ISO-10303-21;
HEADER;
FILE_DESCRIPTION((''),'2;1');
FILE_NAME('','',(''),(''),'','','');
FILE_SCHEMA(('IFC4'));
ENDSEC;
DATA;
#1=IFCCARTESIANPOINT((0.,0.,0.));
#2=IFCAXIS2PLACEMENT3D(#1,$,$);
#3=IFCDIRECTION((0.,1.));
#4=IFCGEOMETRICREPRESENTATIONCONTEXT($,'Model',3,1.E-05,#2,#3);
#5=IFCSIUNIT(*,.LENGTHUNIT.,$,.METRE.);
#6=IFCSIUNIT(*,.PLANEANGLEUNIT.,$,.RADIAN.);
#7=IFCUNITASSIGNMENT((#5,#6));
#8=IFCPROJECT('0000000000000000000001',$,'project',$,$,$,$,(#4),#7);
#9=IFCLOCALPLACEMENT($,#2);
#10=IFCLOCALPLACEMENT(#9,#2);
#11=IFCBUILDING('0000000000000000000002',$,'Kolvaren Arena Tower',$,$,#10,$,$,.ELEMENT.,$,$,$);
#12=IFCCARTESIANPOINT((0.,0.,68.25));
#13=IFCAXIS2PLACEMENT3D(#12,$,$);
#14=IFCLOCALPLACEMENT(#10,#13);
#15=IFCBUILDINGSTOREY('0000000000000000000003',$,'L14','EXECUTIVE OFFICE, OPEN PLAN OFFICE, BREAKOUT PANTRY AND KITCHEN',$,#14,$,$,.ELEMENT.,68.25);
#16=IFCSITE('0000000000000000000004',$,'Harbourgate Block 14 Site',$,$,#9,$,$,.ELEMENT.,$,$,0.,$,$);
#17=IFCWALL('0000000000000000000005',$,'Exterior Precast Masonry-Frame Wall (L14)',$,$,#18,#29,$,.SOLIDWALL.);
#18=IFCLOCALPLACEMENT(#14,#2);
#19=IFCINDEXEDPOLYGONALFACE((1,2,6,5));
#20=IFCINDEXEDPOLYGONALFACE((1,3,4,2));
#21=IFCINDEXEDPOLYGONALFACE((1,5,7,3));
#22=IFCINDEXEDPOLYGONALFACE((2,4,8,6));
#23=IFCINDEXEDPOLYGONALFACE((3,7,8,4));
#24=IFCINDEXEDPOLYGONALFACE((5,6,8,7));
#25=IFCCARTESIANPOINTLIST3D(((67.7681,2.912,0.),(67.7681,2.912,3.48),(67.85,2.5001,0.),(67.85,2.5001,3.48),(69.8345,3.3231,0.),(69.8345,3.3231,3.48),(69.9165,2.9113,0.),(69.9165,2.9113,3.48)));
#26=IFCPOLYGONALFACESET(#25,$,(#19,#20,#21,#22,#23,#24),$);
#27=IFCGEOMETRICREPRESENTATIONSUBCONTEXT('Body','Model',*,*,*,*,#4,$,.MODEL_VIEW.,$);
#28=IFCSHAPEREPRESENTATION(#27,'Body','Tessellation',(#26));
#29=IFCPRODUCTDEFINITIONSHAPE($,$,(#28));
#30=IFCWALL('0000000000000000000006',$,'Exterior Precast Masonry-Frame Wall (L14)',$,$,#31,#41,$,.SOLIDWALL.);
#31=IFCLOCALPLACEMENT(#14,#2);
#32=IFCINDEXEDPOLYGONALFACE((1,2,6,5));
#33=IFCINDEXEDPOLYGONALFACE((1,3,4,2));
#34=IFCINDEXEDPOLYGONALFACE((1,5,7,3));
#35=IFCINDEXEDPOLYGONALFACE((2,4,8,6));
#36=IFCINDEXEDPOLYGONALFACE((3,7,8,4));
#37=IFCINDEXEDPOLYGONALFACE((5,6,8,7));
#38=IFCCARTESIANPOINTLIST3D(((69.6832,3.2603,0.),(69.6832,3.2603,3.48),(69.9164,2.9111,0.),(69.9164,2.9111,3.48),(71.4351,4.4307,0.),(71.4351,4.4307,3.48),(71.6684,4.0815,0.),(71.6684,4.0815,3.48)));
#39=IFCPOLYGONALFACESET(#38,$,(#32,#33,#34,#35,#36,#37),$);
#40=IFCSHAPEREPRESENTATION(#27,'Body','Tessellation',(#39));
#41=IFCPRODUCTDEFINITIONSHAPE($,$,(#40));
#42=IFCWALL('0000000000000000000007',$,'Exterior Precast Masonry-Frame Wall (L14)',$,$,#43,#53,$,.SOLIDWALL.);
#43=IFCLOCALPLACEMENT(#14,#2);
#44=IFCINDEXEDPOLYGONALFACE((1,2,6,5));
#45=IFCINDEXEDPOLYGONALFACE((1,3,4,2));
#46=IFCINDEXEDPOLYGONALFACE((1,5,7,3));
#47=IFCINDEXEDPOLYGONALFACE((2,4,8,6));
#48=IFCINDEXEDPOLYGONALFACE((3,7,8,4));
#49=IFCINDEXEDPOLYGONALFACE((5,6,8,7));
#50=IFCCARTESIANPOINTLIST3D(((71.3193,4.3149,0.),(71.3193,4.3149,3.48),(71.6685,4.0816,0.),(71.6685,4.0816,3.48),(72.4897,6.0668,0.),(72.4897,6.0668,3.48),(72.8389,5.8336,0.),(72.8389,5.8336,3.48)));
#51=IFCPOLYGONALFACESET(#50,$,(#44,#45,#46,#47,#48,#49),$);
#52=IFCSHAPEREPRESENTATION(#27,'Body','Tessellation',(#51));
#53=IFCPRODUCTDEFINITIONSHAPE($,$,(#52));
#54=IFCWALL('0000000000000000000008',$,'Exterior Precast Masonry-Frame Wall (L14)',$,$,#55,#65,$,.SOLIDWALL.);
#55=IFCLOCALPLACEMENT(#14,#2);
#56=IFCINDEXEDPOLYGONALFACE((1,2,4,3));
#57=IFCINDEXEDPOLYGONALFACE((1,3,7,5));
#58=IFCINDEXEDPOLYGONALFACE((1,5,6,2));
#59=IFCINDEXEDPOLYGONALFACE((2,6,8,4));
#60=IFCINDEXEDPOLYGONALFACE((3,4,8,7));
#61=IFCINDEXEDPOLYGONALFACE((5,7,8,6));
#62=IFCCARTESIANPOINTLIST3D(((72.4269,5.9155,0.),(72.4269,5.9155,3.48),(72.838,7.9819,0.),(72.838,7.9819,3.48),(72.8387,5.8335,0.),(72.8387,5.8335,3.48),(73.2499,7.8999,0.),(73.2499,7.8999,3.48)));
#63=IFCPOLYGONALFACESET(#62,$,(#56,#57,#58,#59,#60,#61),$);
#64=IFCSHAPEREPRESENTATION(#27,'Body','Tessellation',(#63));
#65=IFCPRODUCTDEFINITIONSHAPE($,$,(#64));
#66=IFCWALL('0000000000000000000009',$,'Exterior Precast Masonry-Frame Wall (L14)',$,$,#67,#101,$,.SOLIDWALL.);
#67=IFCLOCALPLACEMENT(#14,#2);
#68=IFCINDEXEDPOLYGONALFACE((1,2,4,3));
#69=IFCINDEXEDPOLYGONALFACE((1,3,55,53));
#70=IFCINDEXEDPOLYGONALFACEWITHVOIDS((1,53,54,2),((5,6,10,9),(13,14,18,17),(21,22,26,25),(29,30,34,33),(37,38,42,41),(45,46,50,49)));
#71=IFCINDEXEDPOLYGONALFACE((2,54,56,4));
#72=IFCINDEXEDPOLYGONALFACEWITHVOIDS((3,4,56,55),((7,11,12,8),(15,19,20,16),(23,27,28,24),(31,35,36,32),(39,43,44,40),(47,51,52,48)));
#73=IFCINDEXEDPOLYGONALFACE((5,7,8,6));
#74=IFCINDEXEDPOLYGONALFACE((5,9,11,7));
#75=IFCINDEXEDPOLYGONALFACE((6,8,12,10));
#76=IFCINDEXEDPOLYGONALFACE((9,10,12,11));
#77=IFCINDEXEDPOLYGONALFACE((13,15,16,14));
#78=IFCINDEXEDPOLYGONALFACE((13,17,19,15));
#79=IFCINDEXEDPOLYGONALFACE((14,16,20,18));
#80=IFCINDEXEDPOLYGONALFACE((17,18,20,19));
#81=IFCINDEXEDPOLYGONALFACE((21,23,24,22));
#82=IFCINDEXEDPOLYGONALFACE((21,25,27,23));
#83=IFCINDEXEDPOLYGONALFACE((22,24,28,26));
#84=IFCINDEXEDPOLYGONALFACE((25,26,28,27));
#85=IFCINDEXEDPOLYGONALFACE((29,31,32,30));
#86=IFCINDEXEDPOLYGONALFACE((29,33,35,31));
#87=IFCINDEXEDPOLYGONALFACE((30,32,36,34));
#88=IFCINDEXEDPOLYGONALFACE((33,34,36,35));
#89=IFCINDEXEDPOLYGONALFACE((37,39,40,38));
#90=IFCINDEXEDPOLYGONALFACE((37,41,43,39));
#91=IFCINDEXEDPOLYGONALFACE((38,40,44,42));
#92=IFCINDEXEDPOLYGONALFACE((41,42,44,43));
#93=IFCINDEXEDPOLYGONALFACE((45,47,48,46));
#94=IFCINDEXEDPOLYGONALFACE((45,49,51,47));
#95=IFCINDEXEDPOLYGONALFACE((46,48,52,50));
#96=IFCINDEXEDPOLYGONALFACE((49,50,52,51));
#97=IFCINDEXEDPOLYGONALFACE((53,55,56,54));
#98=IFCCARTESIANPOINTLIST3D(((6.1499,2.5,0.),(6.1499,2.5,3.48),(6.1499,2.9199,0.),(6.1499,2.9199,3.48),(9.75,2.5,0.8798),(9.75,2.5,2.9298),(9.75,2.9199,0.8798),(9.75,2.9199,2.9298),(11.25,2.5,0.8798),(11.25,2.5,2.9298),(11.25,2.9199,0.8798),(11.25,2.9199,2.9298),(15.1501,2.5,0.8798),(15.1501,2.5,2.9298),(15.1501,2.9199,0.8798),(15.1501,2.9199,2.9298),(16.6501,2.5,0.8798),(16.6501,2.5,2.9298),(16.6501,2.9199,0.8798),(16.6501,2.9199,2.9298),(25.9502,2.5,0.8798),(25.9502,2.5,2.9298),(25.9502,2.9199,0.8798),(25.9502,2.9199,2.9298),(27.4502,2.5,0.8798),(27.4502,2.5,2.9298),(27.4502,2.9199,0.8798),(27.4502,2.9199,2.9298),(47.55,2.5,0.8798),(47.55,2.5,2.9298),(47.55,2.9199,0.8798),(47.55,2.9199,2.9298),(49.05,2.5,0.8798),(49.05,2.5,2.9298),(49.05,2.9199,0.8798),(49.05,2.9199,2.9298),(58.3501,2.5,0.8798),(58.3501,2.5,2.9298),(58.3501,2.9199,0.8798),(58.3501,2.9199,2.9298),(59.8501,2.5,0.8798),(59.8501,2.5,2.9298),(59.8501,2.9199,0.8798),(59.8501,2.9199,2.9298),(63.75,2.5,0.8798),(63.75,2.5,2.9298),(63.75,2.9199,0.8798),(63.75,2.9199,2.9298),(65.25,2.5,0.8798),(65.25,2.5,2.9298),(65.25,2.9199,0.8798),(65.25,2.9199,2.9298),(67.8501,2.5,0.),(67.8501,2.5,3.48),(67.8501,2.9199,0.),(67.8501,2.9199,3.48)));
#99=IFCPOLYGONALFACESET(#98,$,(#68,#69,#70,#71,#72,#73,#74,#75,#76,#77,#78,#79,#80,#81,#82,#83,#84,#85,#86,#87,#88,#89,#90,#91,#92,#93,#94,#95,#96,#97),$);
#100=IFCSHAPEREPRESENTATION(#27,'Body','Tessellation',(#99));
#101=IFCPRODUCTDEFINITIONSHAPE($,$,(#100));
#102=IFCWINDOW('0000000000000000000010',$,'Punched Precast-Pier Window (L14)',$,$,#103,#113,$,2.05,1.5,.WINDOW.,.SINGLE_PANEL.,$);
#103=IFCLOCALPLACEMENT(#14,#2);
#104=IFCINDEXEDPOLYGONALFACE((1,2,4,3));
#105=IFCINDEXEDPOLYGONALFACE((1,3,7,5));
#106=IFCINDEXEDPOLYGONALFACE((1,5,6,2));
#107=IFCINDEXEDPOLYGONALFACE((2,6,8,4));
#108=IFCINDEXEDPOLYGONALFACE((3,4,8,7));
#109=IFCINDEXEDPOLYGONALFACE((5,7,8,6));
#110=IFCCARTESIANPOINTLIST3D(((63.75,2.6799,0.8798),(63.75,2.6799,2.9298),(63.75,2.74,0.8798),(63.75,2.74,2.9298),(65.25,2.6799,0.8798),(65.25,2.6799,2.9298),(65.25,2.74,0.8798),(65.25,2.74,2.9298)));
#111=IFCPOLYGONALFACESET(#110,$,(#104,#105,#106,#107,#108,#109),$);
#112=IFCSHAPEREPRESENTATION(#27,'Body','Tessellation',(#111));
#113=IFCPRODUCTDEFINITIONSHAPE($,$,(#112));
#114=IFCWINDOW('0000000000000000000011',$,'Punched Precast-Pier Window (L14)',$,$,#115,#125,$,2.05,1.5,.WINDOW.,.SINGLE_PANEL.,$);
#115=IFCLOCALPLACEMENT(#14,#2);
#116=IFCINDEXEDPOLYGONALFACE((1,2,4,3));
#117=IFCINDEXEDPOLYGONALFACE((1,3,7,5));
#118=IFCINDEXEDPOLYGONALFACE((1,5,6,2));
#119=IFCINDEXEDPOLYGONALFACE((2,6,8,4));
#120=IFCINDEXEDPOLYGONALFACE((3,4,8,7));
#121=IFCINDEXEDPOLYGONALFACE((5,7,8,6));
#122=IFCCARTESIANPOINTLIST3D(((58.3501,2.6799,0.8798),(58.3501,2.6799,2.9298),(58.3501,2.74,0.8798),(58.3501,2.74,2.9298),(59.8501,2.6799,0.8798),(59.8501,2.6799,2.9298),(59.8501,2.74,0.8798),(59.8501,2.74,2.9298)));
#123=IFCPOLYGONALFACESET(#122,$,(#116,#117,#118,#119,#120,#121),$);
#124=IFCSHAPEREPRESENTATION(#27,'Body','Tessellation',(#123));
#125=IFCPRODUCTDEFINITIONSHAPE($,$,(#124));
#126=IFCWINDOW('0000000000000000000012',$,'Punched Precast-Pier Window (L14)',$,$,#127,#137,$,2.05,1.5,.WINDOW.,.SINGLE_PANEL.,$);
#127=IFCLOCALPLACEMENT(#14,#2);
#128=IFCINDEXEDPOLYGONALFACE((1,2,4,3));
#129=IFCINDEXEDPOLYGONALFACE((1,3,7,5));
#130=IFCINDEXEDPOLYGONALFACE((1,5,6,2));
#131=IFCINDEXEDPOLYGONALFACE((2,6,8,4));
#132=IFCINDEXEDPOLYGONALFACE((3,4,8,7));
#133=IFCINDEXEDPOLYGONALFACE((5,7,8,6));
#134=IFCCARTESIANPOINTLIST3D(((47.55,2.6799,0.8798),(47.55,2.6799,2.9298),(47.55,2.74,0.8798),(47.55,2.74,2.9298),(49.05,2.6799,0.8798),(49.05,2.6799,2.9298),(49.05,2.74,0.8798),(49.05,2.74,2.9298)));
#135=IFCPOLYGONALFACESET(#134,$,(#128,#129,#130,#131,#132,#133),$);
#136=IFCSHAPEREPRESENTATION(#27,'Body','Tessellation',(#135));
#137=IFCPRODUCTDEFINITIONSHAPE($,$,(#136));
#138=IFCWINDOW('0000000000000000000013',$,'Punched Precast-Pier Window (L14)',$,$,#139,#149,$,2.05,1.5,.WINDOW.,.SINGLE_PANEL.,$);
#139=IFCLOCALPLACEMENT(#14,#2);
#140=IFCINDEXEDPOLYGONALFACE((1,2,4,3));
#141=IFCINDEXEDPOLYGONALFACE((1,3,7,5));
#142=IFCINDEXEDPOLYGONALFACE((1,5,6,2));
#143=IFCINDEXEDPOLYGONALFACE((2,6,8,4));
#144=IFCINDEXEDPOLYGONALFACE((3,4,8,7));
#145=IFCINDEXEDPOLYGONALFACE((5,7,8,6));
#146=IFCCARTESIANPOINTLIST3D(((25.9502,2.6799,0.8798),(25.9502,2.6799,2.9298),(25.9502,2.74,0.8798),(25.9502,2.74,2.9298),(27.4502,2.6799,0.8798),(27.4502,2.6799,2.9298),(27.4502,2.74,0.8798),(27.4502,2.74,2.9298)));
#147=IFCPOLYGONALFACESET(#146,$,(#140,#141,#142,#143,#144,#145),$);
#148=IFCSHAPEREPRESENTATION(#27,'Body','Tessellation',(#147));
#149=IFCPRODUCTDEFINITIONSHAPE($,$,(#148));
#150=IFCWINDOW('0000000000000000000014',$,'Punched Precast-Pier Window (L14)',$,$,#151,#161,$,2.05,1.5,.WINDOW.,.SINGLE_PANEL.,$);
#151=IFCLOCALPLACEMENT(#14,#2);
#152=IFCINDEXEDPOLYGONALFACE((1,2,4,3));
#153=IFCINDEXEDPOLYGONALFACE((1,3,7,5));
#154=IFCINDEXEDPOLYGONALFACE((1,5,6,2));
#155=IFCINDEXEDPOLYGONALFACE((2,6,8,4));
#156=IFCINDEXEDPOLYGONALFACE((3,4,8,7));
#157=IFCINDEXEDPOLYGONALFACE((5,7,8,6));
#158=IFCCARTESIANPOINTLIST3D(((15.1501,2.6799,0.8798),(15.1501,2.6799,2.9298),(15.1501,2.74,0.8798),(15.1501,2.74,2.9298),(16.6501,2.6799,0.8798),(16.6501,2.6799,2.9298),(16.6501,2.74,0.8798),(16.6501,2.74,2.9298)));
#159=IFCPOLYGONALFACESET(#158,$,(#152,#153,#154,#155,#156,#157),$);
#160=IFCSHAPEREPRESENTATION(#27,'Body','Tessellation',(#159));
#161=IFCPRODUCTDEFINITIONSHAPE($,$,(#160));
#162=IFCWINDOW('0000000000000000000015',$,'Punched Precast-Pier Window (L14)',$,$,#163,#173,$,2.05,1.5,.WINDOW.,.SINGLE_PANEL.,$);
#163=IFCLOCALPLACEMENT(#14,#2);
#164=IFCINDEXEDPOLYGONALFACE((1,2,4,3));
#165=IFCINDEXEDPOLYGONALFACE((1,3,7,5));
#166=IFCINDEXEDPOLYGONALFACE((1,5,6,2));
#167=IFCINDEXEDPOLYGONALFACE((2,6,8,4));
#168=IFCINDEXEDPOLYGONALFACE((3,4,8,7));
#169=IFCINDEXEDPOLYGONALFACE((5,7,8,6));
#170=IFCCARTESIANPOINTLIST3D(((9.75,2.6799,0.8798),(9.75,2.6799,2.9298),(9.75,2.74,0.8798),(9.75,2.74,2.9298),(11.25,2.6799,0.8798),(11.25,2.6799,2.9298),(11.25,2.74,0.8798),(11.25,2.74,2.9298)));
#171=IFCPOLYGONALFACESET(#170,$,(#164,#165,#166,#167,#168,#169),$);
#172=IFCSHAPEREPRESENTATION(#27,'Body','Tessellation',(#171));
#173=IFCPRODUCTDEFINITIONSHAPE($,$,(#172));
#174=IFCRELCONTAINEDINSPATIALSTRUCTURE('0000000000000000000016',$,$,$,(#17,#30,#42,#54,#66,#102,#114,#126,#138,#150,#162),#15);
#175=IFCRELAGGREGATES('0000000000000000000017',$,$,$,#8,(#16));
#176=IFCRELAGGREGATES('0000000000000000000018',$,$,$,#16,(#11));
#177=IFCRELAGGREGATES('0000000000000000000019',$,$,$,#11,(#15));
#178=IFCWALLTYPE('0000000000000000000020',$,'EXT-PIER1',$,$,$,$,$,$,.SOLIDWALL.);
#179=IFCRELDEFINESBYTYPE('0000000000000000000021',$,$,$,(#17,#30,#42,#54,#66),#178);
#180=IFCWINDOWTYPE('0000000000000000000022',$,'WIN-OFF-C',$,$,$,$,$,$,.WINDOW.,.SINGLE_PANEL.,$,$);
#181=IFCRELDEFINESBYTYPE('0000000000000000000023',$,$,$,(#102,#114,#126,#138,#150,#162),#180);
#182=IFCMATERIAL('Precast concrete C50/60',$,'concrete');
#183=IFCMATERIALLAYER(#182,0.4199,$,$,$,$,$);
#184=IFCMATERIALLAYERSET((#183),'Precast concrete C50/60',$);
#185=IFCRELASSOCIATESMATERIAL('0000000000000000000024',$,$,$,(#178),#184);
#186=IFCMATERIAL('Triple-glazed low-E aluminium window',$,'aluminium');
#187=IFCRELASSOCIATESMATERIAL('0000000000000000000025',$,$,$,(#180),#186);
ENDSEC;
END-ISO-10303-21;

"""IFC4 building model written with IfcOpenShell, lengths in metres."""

from ifc_helpers import new_model, si_unit, direction, frame, frame_2d, origin, place, context, subcontext, project, spatial, rectangle, extrude, material, layer, layer_set, type_object, element, fill, save


model = new_model("IFC4")

# Units and contexts
model_context = context("Model", 3, precision=1e-05, world=origin(), true_north=direction((0.0, 1.0)))
body_context = subcontext(model_context, "Body", "Model", "MODEL_VIEW")
ifc_project = project(units=[si_unit("LENGTHUNIT", "METRE"), si_unit("PLANEANGLEUNIT", "RADIAN")], contexts=[model_context])

# Site, building, storey
site_placement = place(None, origin())
site = spatial("IfcSite", under=ifc_project, at=site_placement, Name="Harbourgate Block 14 Site", CompositionType="ELEMENT", RefElevation=0.0)
building_placement = place(site_placement, origin())
building = spatial("IfcBuilding", under=site, at=building_placement, Name="Kolvaren Arena Tower", CompositionType="ELEMENT")
storey_placement = place(building_placement, frame((0.0, 0.0, 68.25)))
storey = spatial("IfcBuildingStorey", under=building, at=storey_placement, Name="L14", Description="EXECUTIVE OFFICE, OPEN PLAN OFFICE, BREAKOUT PANTRY AND KITCHEN", CompositionType="ELEMENT", Elevation=68.25)

# Walls
ifc_material_1 = material(Name="Precast concrete C50/60", Category="concrete")
ifc_layer_1 = layer(ifc_material_1, 0.4199)
ifc_layer_set_1 = layer_set([ifc_layer_1], Name="Precast concrete C50/60")
wall_type_1 = type_object("IfcWallType", Name="EXT-PIER1", PredefinedType="SOLIDWALL", material=ifc_layer_set_1)
for number, where, z_axis, x_axis, name in (
    (1, (69.8755, 3.1172, 0.0), (0.0, 0.0, 1.0), (-0.980776, -0.195136, 0.0), "Exterior Precast Masonry-Frame Wall (L14)"),
    (2, (71.5518, 4.2561, 0.0), (0.0, 0.0, 1.0), (-0.831515, -0.555502, 0.0), "Exterior Precast Masonry-Frame Wall (L14)"),
    (3, (72.6643, 5.9502, 0.0), (0.0, 0.0, 1.0), (-0.555502, -0.831515, 0.0), "Exterior Precast Masonry-Frame Wall (L14)"),
    (4, (73.0439, 7.9409, 0.0), (0.0, 0.0, 1.0), (-0.195136, -0.980776, 0.0), "Exterior Precast Masonry-Frame Wall (L14)"),
):
    element("IfcWall", number, at=place(storey_placement, frame(where, z_axis=z_axis, x_axis=x_axis)), inside=storey, type_object=wall_type_1, Name=name, PredefinedType="SOLIDWALL", context=body_context, shape_type="SweptSolid", body=[
        extrude(rectangle(XDim=2.1069, YDim=0.4199, at=frame_2d((1.0535, 0.0))), origin(), (0.0, 0.0, 1.0), 3.48),
    ])

# Wall, openings, windows
wall_1_placement = place(storey_placement, frame((67.8501, 2.71, 0.0), z_axis=(0.0, 0.0, 1.0), x_axis=(-1.0, 0.0, 0.0)))
wall_1 = element("IfcWall", 5, at=wall_1_placement, inside=storey, type_object=wall_type_1, Name="Exterior Precast Masonry-Frame Wall (L14)", PredefinedType="SOLIDWALL", context=body_context, shape_type="SweptSolid", body=[
    extrude(rectangle(XDim=61.7002, YDim=0.4199, at=frame_2d((30.8501, 0.0))), origin(), (0.0, 0.0, 1.0), 3.48),
])
opening_1_placement = place(wall_1_placement, frame((2.6001, 0.0, 0.8799)))
opening_1 = element("IfcOpeningElement", 6, at=opening_1_placement, cuts=wall_1, PredefinedType="OPENING", context=body_context, shape_type="SweptSolid", body=[
    extrude(rectangle(XDim=1.5, YDim=2.05, at=frame_2d((0.75, 1.0249))), frame((0.0, 0.22, 0.0), z_axis=(0.0, -1.0, 0.0), x_axis=(1.0, 0.0, 0.0)), (0.0, 0.0, 1.0), 0.4399),
])
opening_2_placement = place(wall_1_placement, frame((8.0, 0.0, 0.8799)))
opening_2 = element("IfcOpeningElement", 7, at=opening_2_placement, cuts=wall_1, PredefinedType="OPENING", context=body_context, shape_type="SweptSolid", body=[
    extrude(rectangle(XDim=1.5, YDim=2.05, at=frame_2d((0.75, 1.0249))), frame((0.0, 0.22, 0.0), z_axis=(0.0, -1.0, 0.0), x_axis=(1.0, 0.0, 0.0)), (0.0, 0.0, 1.0), 0.4399),
])
opening_3_placement = place(wall_1_placement, frame((18.8, 0.0, 0.8799)))
opening_3 = element("IfcOpeningElement", 8, at=opening_3_placement, cuts=wall_1, PredefinedType="OPENING", context=body_context, shape_type="SweptSolid", body=[
    extrude(rectangle(XDim=1.5, YDim=2.05, at=frame_2d((0.75, 1.0249))), frame((0.0, 0.22, 0.0), z_axis=(0.0, -1.0, 0.0), x_axis=(1.0, 0.0, 0.0)), (0.0, 0.0, 1.0), 0.4399),
])
opening_4_placement = place(wall_1_placement, frame((40.3999, 0.0, 0.8799)))
opening_4 = element("IfcOpeningElement", 9, at=opening_4_placement, cuts=wall_1, PredefinedType="OPENING", context=body_context, shape_type="SweptSolid", body=[
    extrude(rectangle(XDim=1.5, YDim=2.05, at=frame_2d((0.75, 1.0249))), frame((0.0, 0.22, 0.0), z_axis=(0.0, -1.0, 0.0), x_axis=(1.0, 0.0, 0.0)), (0.0, 0.0, 1.0), 0.4399),
])
opening_5_placement = place(wall_1_placement, frame((51.2, 0.0, 0.8799)))
opening_5 = element("IfcOpeningElement", 10, at=opening_5_placement, cuts=wall_1, PredefinedType="OPENING", context=body_context, shape_type="SweptSolid", body=[
    extrude(rectangle(XDim=1.5, YDim=2.05, at=frame_2d((0.75, 1.0249))), frame((0.0, 0.22, 0.0), z_axis=(0.0, -1.0, 0.0), x_axis=(1.0, 0.0, 0.0)), (0.0, 0.0, 1.0), 0.4399),
])
opening_6_placement = place(wall_1_placement, frame((56.6001, 0.0, 0.8799)))
opening_6 = element("IfcOpeningElement", 11, at=opening_6_placement, cuts=wall_1, PredefinedType="OPENING", context=body_context, shape_type="SweptSolid", body=[
    extrude(rectangle(XDim=1.5, YDim=2.05, at=frame_2d((0.75, 1.0249))), frame((0.0, 0.22, 0.0), z_axis=(0.0, -1.0, 0.0), x_axis=(1.0, 0.0, 0.0)), (0.0, 0.0, 1.0), 0.4399),
])
ifc_material_2 = material(Name="Triple-glazed low-E aluminium window", Category="aluminium")
window_type = type_object("IfcWindowType", Name="WIN-OFF-C", PartitioningType="SINGLE_PANEL", PredefinedType="WINDOW", material=ifc_material_2)
window_1_placement = place(opening_1_placement, origin())
window_1 = element("IfcWindow", 12, at=window_1_placement, inside=storey, type_object=window_type, Name="Punched Precast-Pier Window (L14)", OverallHeight=2.05, OverallWidth=1.5, PartitioningType="SINGLE_PANEL", PredefinedType="WINDOW", context=body_context, shape_type="SweptSolid", body=[
    extrude(rectangle(XDim=1.5, YDim=2.05, at=frame_2d((0.75, 1.0249))), frame((0.0, 0.03, 0.0), z_axis=(0.0, -1.0, 0.0), x_axis=(1.0, 0.0, 0.0)), (0.0, 0.0, 1.0), 0.0601),
])
fill(opening_1, window_1)
window_2_placement = place(opening_2_placement, origin())
window_2 = element("IfcWindow", 13, at=window_2_placement, inside=storey, type_object=window_type, Name="Punched Precast-Pier Window (L14)", OverallHeight=2.05, OverallWidth=1.5, PartitioningType="SINGLE_PANEL", PredefinedType="WINDOW", context=body_context, shape_type="SweptSolid", body=[
    extrude(rectangle(XDim=1.5, YDim=2.05, at=frame_2d((0.75, 1.0249))), frame((0.0, 0.03, 0.0), z_axis=(0.0, -1.0, 0.0), x_axis=(1.0, 0.0, 0.0)), (0.0, 0.0, 1.0), 0.0601),
])
fill(opening_2, window_2)
window_3_placement = place(opening_3_placement, origin())
window_3 = element("IfcWindow", 14, at=window_3_placement, inside=storey, type_object=window_type, Name="Punched Precast-Pier Window (L14)", OverallHeight=2.05, OverallWidth=1.5, PartitioningType="SINGLE_PANEL", PredefinedType="WINDOW", context=body_context, shape_type="SweptSolid", body=[
    extrude(rectangle(XDim=1.5, YDim=2.05, at=frame_2d((0.75, 1.0249))), frame((0.0, 0.03, 0.0), z_axis=(0.0, -1.0, 0.0), x_axis=(1.0, 0.0, 0.0)), (0.0, 0.0, 1.0), 0.0601),
])
fill(opening_3, window_3)
window_4_placement = place(opening_4_placement, origin())
window_4 = element("IfcWindow", 15, at=window_4_placement, inside=storey, type_object=window_type, Name="Punched Precast-Pier Window (L14)", OverallHeight=2.05, OverallWidth=1.5, PartitioningType="SINGLE_PANEL", PredefinedType="WINDOW", context=body_context, shape_type="SweptSolid", body=[
    extrude(rectangle(XDim=1.5, YDim=2.05, at=frame_2d((0.75, 1.0249))), frame((0.0, 0.03, 0.0), z_axis=(0.0, -1.0, 0.0), x_axis=(1.0, 0.0, 0.0)), (0.0, 0.0, 1.0), 0.0601),
])
fill(opening_4, window_4)
window_5_placement = place(opening_5_placement, origin())
window_5 = element("IfcWindow", 16, at=window_5_placement, inside=storey, type_object=window_type, Name="Punched Precast-Pier Window (L14)", OverallHeight=2.05, OverallWidth=1.5, PartitioningType="SINGLE_PANEL", PredefinedType="WINDOW", context=body_context, shape_type="SweptSolid", body=[
    extrude(rectangle(XDim=1.5, YDim=2.05, at=frame_2d((0.75, 1.0249))), frame((0.0, 0.03, 0.0), z_axis=(0.0, -1.0, 0.0), x_axis=(1.0, 0.0, 0.0)), (0.0, 0.0, 1.0), 0.0601),
])
fill(opening_5, window_5)
window_6_placement = place(opening_6_placement, origin())
window_6 = element("IfcWindow", 17, at=window_6_placement, inside=storey, type_object=window_type, Name="Punched Precast-Pier Window (L14)", OverallHeight=2.05, OverallWidth=1.5, PartitioningType="SINGLE_PANEL", PredefinedType="WINDOW", context=body_context, shape_type="SweptSolid", body=[
    extrude(rectangle(XDim=1.5, YDim=2.05, at=frame_2d((0.75, 1.0249))), frame((0.0, 0.03, 0.0), z_axis=(0.0, -1.0, 0.0), x_axis=(1.0, 0.0, 0.0)), (0.0, 0.0, 1.0), 0.0601),
])
fill(opening_6, window_6)

save(model, "model.ifc")
